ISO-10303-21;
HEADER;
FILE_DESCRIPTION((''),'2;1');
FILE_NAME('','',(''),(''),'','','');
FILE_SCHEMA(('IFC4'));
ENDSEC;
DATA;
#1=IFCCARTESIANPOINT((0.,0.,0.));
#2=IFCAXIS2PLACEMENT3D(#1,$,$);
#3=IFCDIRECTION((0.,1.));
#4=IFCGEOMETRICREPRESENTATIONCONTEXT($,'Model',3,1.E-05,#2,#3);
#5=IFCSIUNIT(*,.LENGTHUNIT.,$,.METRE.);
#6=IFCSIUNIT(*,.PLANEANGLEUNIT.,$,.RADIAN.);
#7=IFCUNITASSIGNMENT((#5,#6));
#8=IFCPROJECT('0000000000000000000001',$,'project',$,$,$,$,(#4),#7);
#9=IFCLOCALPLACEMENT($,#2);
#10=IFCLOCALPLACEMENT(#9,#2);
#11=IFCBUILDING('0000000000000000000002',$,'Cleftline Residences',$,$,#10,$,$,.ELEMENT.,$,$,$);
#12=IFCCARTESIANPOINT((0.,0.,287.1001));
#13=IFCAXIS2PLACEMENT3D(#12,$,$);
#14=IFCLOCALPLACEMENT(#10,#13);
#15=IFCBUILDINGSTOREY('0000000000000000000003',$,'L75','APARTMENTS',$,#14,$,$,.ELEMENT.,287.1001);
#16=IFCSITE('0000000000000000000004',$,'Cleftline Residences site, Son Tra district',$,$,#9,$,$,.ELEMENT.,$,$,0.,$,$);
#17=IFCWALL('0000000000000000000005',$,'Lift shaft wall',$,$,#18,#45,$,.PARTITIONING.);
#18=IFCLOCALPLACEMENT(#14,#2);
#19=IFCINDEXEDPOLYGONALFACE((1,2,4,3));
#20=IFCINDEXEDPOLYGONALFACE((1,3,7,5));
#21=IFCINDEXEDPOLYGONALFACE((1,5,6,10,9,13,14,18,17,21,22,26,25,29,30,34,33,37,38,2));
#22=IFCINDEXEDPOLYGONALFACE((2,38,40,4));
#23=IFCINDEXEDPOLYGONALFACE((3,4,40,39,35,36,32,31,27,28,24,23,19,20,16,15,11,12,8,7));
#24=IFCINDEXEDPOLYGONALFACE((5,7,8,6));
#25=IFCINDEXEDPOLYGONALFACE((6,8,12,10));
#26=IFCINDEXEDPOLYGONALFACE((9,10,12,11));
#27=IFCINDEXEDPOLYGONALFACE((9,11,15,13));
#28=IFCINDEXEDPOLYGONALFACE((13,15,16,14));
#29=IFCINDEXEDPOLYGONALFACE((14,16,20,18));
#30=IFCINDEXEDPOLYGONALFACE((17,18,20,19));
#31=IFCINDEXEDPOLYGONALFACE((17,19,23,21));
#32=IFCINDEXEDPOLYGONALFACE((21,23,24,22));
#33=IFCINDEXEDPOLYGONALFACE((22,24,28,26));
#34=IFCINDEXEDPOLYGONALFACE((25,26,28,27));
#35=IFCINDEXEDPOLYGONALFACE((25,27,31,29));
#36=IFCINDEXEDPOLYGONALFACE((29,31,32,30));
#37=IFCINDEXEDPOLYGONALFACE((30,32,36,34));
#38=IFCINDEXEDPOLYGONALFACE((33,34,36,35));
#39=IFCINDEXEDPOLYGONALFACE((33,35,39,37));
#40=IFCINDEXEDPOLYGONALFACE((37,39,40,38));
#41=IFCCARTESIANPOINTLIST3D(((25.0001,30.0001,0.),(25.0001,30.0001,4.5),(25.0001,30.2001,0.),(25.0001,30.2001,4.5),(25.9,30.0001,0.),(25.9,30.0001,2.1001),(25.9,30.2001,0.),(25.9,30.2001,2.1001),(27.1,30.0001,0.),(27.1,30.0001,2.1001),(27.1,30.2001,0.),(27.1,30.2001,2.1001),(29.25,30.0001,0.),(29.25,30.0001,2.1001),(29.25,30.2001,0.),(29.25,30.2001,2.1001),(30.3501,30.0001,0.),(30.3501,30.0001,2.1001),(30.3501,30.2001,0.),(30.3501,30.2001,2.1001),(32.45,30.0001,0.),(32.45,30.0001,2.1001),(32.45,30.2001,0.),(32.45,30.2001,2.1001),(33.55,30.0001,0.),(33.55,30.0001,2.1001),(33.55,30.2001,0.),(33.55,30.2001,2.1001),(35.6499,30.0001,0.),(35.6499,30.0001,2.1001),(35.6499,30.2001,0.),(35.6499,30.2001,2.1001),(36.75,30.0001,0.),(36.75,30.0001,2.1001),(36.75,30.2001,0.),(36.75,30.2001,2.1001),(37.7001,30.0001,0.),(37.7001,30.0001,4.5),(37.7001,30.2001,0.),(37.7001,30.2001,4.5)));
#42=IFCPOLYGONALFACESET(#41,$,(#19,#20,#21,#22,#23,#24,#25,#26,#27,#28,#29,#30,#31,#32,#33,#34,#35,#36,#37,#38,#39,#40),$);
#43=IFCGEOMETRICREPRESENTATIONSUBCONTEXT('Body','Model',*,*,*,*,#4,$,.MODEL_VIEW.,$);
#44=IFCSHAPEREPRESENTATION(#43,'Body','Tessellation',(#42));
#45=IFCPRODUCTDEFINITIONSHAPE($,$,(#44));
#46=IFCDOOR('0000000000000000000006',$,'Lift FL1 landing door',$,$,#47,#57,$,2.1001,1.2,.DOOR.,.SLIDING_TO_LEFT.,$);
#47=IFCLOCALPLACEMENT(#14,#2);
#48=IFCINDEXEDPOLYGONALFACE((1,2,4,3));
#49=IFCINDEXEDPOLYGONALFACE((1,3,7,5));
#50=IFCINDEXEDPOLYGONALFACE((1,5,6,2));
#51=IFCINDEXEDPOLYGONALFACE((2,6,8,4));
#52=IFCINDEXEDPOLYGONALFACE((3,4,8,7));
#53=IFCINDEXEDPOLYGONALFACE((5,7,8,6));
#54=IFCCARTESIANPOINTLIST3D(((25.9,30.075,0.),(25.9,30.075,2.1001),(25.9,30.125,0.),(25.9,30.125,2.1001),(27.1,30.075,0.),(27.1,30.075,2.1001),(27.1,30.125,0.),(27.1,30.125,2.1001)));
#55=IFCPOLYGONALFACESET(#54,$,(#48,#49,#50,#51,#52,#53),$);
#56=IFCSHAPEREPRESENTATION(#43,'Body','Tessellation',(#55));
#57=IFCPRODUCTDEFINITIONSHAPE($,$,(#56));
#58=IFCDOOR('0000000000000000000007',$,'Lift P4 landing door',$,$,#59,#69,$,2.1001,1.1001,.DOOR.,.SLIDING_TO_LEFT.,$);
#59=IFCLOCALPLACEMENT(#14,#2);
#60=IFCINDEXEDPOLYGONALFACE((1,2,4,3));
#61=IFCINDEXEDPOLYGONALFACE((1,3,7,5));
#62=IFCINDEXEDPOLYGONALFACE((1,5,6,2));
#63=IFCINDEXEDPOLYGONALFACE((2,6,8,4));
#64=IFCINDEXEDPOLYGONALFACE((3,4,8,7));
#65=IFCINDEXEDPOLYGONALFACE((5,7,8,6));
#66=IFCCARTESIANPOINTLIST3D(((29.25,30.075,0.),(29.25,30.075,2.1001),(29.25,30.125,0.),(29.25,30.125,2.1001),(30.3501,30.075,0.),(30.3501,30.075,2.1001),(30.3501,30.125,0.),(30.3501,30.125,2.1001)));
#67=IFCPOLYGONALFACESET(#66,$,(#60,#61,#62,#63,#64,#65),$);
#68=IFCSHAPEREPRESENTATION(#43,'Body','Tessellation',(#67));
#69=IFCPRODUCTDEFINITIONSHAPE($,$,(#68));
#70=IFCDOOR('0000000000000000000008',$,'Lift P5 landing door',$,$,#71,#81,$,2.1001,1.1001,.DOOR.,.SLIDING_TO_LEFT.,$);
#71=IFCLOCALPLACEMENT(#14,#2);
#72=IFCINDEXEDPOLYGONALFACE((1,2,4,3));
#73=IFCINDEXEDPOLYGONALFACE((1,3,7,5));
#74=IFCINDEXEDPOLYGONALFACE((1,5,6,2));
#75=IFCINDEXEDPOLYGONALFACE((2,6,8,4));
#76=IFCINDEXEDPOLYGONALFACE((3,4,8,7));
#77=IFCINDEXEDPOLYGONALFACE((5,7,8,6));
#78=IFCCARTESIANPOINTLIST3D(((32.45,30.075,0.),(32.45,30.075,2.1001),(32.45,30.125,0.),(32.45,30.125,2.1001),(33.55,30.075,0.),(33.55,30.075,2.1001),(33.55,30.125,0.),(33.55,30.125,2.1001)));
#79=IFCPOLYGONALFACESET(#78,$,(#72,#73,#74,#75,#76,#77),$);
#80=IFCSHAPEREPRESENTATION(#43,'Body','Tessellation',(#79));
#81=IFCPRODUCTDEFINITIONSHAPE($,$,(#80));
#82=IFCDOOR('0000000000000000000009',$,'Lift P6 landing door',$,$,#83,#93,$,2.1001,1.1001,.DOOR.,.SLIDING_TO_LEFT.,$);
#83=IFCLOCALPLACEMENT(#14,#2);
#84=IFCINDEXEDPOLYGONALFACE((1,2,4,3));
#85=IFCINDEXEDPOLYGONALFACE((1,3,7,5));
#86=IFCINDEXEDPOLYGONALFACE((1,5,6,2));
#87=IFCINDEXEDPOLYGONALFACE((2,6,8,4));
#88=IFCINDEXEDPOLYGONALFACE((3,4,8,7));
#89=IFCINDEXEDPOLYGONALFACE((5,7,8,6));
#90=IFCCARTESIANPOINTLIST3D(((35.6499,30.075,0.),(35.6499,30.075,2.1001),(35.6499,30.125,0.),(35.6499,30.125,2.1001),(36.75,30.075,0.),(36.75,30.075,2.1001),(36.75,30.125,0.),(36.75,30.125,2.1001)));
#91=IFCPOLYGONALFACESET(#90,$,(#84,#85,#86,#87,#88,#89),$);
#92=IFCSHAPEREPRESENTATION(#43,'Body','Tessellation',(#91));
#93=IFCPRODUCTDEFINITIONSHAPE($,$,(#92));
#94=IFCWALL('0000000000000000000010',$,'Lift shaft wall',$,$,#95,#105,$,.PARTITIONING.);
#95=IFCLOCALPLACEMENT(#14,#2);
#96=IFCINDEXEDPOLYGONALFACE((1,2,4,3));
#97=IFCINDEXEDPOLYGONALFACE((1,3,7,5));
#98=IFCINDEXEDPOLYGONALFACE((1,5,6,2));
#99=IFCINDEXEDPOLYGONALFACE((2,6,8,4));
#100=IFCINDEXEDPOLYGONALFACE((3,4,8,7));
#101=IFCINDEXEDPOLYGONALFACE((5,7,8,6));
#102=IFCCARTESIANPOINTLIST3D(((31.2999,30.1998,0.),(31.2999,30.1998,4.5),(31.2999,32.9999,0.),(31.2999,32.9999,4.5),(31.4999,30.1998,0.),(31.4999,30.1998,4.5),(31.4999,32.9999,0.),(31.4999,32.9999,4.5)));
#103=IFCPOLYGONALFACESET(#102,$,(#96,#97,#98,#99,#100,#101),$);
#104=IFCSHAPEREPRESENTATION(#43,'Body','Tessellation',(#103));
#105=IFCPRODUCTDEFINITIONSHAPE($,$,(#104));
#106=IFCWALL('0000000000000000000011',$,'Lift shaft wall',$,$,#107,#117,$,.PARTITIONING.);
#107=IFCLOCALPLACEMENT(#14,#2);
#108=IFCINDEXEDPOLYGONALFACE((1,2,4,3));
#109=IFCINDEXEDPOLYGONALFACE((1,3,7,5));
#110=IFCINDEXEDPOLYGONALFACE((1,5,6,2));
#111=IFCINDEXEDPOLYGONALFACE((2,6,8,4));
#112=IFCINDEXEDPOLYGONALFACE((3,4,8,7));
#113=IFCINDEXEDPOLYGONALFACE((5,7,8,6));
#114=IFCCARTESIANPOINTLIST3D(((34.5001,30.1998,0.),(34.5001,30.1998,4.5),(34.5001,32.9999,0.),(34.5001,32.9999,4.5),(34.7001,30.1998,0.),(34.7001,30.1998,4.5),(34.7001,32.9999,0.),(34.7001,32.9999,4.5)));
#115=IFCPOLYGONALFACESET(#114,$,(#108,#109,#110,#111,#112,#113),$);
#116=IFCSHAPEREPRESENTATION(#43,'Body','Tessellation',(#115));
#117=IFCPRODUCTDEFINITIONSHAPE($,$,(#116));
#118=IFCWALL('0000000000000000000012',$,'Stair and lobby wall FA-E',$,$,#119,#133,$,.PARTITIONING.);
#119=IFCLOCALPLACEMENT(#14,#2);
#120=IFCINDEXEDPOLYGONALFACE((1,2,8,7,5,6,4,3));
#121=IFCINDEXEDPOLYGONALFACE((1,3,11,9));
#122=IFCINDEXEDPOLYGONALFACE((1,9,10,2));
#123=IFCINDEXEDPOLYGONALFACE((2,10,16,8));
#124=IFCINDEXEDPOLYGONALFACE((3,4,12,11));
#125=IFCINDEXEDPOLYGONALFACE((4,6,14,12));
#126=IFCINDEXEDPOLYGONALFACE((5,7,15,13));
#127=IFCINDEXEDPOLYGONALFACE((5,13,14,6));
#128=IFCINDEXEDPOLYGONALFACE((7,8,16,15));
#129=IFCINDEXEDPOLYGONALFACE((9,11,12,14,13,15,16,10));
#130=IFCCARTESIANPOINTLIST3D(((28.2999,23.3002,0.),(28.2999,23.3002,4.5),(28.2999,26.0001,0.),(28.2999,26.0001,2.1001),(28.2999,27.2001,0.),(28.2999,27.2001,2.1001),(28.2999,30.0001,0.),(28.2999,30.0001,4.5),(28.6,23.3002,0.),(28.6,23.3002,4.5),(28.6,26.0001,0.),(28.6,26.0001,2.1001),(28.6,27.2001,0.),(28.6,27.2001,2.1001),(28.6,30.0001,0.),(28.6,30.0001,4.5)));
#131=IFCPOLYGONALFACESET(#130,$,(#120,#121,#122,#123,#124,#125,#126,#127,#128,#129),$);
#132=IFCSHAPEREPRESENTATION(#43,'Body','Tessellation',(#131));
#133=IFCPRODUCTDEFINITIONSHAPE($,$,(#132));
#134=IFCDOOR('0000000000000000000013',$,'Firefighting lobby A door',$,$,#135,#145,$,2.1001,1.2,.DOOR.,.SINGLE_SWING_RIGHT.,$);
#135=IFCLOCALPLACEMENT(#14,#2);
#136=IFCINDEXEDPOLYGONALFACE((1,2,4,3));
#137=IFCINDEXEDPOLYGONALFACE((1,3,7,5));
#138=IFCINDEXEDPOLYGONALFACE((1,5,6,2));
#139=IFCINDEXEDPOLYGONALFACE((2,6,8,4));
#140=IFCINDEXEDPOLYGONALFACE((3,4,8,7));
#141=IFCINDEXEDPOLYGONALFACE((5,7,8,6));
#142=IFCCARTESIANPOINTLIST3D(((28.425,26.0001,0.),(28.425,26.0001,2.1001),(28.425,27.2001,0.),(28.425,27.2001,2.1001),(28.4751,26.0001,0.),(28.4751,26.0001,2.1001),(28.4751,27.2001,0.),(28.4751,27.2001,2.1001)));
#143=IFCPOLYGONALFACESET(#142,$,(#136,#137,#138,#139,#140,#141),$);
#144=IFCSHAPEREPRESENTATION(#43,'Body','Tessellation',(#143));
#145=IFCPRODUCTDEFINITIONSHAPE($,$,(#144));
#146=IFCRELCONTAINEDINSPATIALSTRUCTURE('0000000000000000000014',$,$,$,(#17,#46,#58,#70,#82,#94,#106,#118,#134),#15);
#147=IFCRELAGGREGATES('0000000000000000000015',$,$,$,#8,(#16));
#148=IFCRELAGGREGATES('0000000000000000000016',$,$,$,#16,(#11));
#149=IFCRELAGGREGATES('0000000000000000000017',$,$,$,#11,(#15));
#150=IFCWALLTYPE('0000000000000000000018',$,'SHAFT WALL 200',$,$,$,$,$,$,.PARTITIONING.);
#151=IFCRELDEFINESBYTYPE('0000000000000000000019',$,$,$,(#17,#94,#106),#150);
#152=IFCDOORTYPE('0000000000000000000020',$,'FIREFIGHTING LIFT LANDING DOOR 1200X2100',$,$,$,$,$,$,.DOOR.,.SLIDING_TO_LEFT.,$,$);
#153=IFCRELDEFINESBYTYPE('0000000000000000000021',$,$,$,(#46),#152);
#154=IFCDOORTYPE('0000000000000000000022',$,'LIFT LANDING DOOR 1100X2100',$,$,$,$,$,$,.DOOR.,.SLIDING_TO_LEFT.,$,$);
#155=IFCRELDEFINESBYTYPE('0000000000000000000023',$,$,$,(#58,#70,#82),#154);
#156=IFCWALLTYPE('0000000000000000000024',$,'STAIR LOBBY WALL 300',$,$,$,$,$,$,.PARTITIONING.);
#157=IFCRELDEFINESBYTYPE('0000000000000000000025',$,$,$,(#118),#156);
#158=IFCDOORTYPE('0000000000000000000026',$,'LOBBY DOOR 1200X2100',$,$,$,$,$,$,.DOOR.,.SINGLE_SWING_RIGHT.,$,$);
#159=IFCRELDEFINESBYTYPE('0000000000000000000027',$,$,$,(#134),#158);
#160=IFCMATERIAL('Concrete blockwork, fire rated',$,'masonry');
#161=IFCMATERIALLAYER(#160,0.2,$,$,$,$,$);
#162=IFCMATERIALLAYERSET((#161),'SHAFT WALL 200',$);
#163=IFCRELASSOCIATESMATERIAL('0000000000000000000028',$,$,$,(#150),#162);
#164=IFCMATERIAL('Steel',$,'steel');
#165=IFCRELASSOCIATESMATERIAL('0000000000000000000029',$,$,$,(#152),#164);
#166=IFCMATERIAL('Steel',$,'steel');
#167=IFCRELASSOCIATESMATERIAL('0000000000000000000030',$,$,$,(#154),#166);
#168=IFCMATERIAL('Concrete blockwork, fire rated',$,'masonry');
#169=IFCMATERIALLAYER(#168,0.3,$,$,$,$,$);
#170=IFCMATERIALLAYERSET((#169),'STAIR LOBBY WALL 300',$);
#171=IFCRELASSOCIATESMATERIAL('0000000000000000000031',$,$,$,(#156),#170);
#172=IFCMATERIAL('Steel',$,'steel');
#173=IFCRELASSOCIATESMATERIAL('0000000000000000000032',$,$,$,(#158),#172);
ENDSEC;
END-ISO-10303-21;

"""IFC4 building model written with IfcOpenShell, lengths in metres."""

from ifc_helpers import new_model, si_unit, direction, frame, frame_2d, origin, place, context, subcontext, project, spatial, rectangle, extrude, material, layer, layer_set, type_object, element, fill, save


model = new_model("IFC4")

# Units and contexts
model_context = context("Model", 3, precision=1e-05, world=origin(), true_north=direction((0.0, 1.0)))
body_context = subcontext(model_context, "Body", "Model", "MODEL_VIEW")
ifc_project = project(units=[si_unit("LENGTHUNIT", "METRE"), si_unit("PLANEANGLEUNIT", "RADIAN")], contexts=[model_context])

# Site, building, storey
site_placement = place(None, origin())
site = spatial("IfcSite", under=ifc_project, at=site_placement, Name="Cleftline Residences site, Son Tra district", CompositionType="ELEMENT", RefElevation=0.0)
building_placement = place(site_placement, origin())
building = spatial("IfcBuilding", under=site, at=building_placement, Name="Cleftline Residences", CompositionType="ELEMENT")
storey_placement = place(building_placement, frame((0.0, 0.0, 287.1001)))
storey = spatial("IfcBuildingStorey", under=building, at=storey_placement, Name="L75", Description="APARTMENTS", CompositionType="ELEMENT", Elevation=287.1001)

# Wall, openings, doors
ifc_material_1 = material(Name="Concrete blockwork, fire rated", Category="masonry")
ifc_layer_1 = layer(ifc_material_1, 0.2)
ifc_layer_set_1 = layer_set([ifc_layer_1], Name="SHAFT WALL 200")
wall_type_1 = type_object("IfcWallType", Name="SHAFT WALL 200", PredefinedType="PARTITIONING", material=ifc_layer_set_1)
wall_1_placement = place(storey_placement, frame((25.0, 30.1001, 0.0), z_axis=(0.0, 0.0, 1.0), x_axis=(1.0, 0.0, 0.0)))
wall_1 = element("IfcWall", 1, at=wall_1_placement, inside=storey, type_object=wall_type_1, Name="Lift shaft wall", PredefinedType="PARTITIONING", context=body_context, shape_type="SweptSolid", body=[
    extrude(rectangle(XDim=12.7, YDim=0.2, at=frame_2d((6.3501, 0.0))), origin(), (0.0, 0.0, 1.0), 4.5),
])
opening_1_placement = place(wall_1_placement, frame((4.25, 0.0, 0.0)))
opening_1 = element("IfcOpeningElement", 2, at=opening_1_placement, cuts=wall_1, PredefinedType="OPENING", context=body_context, shape_type="SweptSolid", body=[
    extrude(rectangle(XDim=1.1001, YDim=2.1001, at=frame_2d((0.55, 1.05))), frame((0.0, 0.1099, 0.0), z_axis=(0.0, -1.0, 0.0), x_axis=(1.0, 0.0, 0.0)), (0.0, 0.0, 1.0), 0.22),
])
opening_2_placement = place(wall_1_placement, frame((7.45, 0.0, 0.0)))
opening_2 = element("IfcOpeningElement", 3, at=opening_2_placement, cuts=wall_1, PredefinedType="OPENING", context=body_context, shape_type="SweptSolid", body=[
    extrude(rectangle(XDim=1.1001, YDim=2.1001, at=frame_2d((0.55, 1.05))), frame((0.0, 0.1099, 0.0), z_axis=(0.0, -1.0, 0.0), x_axis=(1.0, 0.0, 0.0)), (0.0, 0.0, 1.0), 0.22),
])
opening_3_placement = place(wall_1_placement, frame((10.6499, 0.0, 0.0)))
opening_3 = element("IfcOpeningElement", 4, at=opening_3_placement, cuts=wall_1, PredefinedType="OPENING", context=body_context, shape_type="SweptSolid", body=[
    extrude(rectangle(XDim=1.1001, YDim=2.1001, at=frame_2d((0.55, 1.05))), frame((0.0, 0.1099, 0.0), z_axis=(0.0, -1.0, 0.0), x_axis=(1.0, 0.0, 0.0)), (0.0, 0.0, 1.0), 0.22),
])
opening_4_placement = place(wall_1_placement, frame((0.8999, 0.0, 0.0)))
opening_4 = element("IfcOpeningElement", 5, at=opening_4_placement, cuts=wall_1, PredefinedType="OPENING", context=body_context, shape_type="SweptSolid", body=[
    extrude(rectangle(XDim=1.2, YDim=2.1001, at=frame_2d((0.6001, 1.05))), frame((0.0, 0.1099, 0.0), z_axis=(0.0, -1.0, 0.0), x_axis=(1.0, 0.0, 0.0)), (0.0, 0.0, 1.0), 0.22),
])
ifc_material_2 = material(Name="Steel", Category="steel")
door_type_1 = type_object("IfcDoorType", Name="FIREFIGHTING LIFT LANDING DOOR 1200X2100", OperationType="SLIDING_TO_LEFT", PredefinedType="DOOR", material=ifc_material_2)
door_1_placement = place(opening_4_placement, origin())
door_1 = element("IfcDoor", 6, at=door_1_placement, inside=storey, type_object=door_type_1, Name="Lift FL1 landing door", OperationType="SLIDING_TO_LEFT", OverallHeight=2.1001, OverallWidth=1.2, PredefinedType="DOOR", context=body_context, shape_type="SweptSolid", body=[
    extrude(rectangle(XDim=1.2, YDim=2.1001, at=frame_2d((0.6001, 1.05))), frame((0.0, 0.0249, 0.0), z_axis=(0.0, -1.0, 0.0), x_axis=(1.0, 0.0, 0.0)), (0.0, 0.0, 1.0), 0.05),
])
fill(opening_4, door_1)
ifc_material_3 = material(Name="Steel", Category="steel")
door_type_2 = type_object("IfcDoorType", Name="LIFT LANDING DOOR 1100X2100", OperationType="SLIDING_TO_LEFT", PredefinedType="DOOR", material=ifc_material_3)
door_2_placement = place(opening_1_placement, origin())
door_2 = element("IfcDoor", 7, at=door_2_placement, inside=storey, type_object=door_type_2, Name="Lift P4 landing door", OperationType="SLIDING_TO_LEFT", OverallHeight=2.1001, OverallWidth=1.1001, PredefinedType="DOOR", context=body_context, shape_type="SweptSolid", body=[
    extrude(rectangle(XDim=1.1001, YDim=2.1001, at=frame_2d((0.55, 1.05))), frame((0.0, 0.0249, 0.0), z_axis=(0.0, -1.0, 0.0), x_axis=(1.0, 0.0, 0.0)), (0.0, 0.0, 1.0), 0.05),
])
fill(opening_1, door_2)
door_3_placement = place(opening_2_placement, origin())
door_3 = element("IfcDoor", 8, at=door_3_placement, inside=storey, type_object=door_type_2, Name="Lift P5 landing door", OperationType="SLIDING_TO_LEFT", OverallHeight=2.1001, OverallWidth=1.1001, PredefinedType="DOOR", context=body_context, shape_type="SweptSolid", body=[
    extrude(rectangle(XDim=1.1001, YDim=2.1001, at=frame_2d((0.55, 1.05))), frame((0.0, 0.0249, 0.0), z_axis=(0.0, -1.0, 0.0), x_axis=(1.0, 0.0, 0.0)), (0.0, 0.0, 1.0), 0.05),
])
fill(opening_2, door_3)
door_4_placement = place(opening_3_placement, origin())
door_4 = element("IfcDoor", 9, at=door_4_placement, inside=storey, type_object=door_type_2, Name="Lift P6 landing door", OperationType="SLIDING_TO_LEFT", OverallHeight=2.1001, OverallWidth=1.1001, PredefinedType="DOOR", context=body_context, shape_type="SweptSolid", body=[
    extrude(rectangle(XDim=1.1001, YDim=2.1001, at=frame_2d((0.55, 1.05))), frame((0.0, 0.0249, 0.0), z_axis=(0.0, -1.0, 0.0), x_axis=(1.0, 0.0, 0.0)), (0.0, 0.0, 1.0), 0.05),
])
fill(opening_3, door_4)

# Walls
for number, where, z_axis, x_axis, name in (
    (10, (31.3999, 30.2, 0.0), (0.0, 0.0, 1.0), (0.0, 1.0, 0.0), "Lift shaft wall"),
    (11, (34.6001, 30.2, 0.0), (0.0, 0.0, 1.0), (0.0, 1.0, 0.0), "Lift shaft wall"),
):
    element("IfcWall", number, at=place(storey_placement, frame(where, z_axis=z_axis, x_axis=x_axis)), inside=storey, type_object=wall_type_1, Name=name, PredefinedType="PARTITIONING", context=body_context, shape_type="SweptSolid", body=[
        extrude(rectangle(XDim=2.8, YDim=0.2, at=frame_2d((1.3999, 0.0))), origin(), (0.0, 0.0, 1.0), 4.5),
    ])

# Wall, opening, door
ifc_material_4 = material(Name="Concrete blockwork, fire rated", Category="masonry")
ifc_layer_2 = layer(ifc_material_4, 0.3)
ifc_layer_set_2 = layer_set([ifc_layer_2], Name="STAIR LOBBY WALL 300")
wall_type_2 = type_object("IfcWallType", Name="STAIR LOBBY WALL 300", PredefinedType="PARTITIONING", material=ifc_layer_set_2)
wall_2_placement = place(storey_placement, frame((28.45, 23.3, 0.0), z_axis=(0.0, 0.0, 1.0), x_axis=(0.0, 1.0, 0.0)))
wall_2 = element("IfcWall", 12, at=wall_2_placement, inside=storey, type_object=wall_type_2, Name="Stair and lobby wall FA-E", PredefinedType="PARTITIONING", context=body_context, shape_type="SweptSolid", body=[
    extrude(rectangle(XDim=6.7, YDim=0.3, at=frame_2d((3.3501, 0.0))), origin(), (0.0, 0.0, 1.0), 4.5),
])
opening_5_placement = place(wall_2_placement, frame((2.7, 0.0, 0.0)))
opening_5 = element("IfcOpeningElement", 13, at=opening_5_placement, cuts=wall_2, PredefinedType="OPENING", context=body_context, shape_type="SweptSolid", body=[
    extrude(rectangle(XDim=1.2, YDim=2.1001, at=frame_2d((0.6001, 1.05))), frame((0.0, 0.1599, 0.0), z_axis=(0.0, -1.0, 0.0), x_axis=(1.0, 0.0, 0.0)), (0.0, 0.0, 1.0), 0.3201),
])
ifc_material_5 = material(Name="Steel", Category="steel")
door_type_3 = type_object("IfcDoorType", Name="LOBBY DOOR 1200X2100", OperationType="SINGLE_SWING_RIGHT", PredefinedType="DOOR", material=ifc_material_5)
door_5_placement = place(opening_5_placement, origin())
door_5 = element("IfcDoor", 14, at=door_5_placement, inside=storey, type_object=door_type_3, Name="Firefighting lobby A door", OperationType="SINGLE_SWING_RIGHT", OverallHeight=2.1001, OverallWidth=1.2, PredefinedType="DOOR", context=body_context, shape_type="SweptSolid", body=[
    extrude(rectangle(XDim=1.2, YDim=2.1001, at=frame_2d((0.6001, 1.05))), frame((0.0, 0.0249, 0.0), z_axis=(0.0, -1.0, 0.0), x_axis=(1.0, 0.0, 0.0)), (0.0, 0.0, 1.0), 0.05),
])
fill(opening_5, door_5)

save(model, "model.ifc")
